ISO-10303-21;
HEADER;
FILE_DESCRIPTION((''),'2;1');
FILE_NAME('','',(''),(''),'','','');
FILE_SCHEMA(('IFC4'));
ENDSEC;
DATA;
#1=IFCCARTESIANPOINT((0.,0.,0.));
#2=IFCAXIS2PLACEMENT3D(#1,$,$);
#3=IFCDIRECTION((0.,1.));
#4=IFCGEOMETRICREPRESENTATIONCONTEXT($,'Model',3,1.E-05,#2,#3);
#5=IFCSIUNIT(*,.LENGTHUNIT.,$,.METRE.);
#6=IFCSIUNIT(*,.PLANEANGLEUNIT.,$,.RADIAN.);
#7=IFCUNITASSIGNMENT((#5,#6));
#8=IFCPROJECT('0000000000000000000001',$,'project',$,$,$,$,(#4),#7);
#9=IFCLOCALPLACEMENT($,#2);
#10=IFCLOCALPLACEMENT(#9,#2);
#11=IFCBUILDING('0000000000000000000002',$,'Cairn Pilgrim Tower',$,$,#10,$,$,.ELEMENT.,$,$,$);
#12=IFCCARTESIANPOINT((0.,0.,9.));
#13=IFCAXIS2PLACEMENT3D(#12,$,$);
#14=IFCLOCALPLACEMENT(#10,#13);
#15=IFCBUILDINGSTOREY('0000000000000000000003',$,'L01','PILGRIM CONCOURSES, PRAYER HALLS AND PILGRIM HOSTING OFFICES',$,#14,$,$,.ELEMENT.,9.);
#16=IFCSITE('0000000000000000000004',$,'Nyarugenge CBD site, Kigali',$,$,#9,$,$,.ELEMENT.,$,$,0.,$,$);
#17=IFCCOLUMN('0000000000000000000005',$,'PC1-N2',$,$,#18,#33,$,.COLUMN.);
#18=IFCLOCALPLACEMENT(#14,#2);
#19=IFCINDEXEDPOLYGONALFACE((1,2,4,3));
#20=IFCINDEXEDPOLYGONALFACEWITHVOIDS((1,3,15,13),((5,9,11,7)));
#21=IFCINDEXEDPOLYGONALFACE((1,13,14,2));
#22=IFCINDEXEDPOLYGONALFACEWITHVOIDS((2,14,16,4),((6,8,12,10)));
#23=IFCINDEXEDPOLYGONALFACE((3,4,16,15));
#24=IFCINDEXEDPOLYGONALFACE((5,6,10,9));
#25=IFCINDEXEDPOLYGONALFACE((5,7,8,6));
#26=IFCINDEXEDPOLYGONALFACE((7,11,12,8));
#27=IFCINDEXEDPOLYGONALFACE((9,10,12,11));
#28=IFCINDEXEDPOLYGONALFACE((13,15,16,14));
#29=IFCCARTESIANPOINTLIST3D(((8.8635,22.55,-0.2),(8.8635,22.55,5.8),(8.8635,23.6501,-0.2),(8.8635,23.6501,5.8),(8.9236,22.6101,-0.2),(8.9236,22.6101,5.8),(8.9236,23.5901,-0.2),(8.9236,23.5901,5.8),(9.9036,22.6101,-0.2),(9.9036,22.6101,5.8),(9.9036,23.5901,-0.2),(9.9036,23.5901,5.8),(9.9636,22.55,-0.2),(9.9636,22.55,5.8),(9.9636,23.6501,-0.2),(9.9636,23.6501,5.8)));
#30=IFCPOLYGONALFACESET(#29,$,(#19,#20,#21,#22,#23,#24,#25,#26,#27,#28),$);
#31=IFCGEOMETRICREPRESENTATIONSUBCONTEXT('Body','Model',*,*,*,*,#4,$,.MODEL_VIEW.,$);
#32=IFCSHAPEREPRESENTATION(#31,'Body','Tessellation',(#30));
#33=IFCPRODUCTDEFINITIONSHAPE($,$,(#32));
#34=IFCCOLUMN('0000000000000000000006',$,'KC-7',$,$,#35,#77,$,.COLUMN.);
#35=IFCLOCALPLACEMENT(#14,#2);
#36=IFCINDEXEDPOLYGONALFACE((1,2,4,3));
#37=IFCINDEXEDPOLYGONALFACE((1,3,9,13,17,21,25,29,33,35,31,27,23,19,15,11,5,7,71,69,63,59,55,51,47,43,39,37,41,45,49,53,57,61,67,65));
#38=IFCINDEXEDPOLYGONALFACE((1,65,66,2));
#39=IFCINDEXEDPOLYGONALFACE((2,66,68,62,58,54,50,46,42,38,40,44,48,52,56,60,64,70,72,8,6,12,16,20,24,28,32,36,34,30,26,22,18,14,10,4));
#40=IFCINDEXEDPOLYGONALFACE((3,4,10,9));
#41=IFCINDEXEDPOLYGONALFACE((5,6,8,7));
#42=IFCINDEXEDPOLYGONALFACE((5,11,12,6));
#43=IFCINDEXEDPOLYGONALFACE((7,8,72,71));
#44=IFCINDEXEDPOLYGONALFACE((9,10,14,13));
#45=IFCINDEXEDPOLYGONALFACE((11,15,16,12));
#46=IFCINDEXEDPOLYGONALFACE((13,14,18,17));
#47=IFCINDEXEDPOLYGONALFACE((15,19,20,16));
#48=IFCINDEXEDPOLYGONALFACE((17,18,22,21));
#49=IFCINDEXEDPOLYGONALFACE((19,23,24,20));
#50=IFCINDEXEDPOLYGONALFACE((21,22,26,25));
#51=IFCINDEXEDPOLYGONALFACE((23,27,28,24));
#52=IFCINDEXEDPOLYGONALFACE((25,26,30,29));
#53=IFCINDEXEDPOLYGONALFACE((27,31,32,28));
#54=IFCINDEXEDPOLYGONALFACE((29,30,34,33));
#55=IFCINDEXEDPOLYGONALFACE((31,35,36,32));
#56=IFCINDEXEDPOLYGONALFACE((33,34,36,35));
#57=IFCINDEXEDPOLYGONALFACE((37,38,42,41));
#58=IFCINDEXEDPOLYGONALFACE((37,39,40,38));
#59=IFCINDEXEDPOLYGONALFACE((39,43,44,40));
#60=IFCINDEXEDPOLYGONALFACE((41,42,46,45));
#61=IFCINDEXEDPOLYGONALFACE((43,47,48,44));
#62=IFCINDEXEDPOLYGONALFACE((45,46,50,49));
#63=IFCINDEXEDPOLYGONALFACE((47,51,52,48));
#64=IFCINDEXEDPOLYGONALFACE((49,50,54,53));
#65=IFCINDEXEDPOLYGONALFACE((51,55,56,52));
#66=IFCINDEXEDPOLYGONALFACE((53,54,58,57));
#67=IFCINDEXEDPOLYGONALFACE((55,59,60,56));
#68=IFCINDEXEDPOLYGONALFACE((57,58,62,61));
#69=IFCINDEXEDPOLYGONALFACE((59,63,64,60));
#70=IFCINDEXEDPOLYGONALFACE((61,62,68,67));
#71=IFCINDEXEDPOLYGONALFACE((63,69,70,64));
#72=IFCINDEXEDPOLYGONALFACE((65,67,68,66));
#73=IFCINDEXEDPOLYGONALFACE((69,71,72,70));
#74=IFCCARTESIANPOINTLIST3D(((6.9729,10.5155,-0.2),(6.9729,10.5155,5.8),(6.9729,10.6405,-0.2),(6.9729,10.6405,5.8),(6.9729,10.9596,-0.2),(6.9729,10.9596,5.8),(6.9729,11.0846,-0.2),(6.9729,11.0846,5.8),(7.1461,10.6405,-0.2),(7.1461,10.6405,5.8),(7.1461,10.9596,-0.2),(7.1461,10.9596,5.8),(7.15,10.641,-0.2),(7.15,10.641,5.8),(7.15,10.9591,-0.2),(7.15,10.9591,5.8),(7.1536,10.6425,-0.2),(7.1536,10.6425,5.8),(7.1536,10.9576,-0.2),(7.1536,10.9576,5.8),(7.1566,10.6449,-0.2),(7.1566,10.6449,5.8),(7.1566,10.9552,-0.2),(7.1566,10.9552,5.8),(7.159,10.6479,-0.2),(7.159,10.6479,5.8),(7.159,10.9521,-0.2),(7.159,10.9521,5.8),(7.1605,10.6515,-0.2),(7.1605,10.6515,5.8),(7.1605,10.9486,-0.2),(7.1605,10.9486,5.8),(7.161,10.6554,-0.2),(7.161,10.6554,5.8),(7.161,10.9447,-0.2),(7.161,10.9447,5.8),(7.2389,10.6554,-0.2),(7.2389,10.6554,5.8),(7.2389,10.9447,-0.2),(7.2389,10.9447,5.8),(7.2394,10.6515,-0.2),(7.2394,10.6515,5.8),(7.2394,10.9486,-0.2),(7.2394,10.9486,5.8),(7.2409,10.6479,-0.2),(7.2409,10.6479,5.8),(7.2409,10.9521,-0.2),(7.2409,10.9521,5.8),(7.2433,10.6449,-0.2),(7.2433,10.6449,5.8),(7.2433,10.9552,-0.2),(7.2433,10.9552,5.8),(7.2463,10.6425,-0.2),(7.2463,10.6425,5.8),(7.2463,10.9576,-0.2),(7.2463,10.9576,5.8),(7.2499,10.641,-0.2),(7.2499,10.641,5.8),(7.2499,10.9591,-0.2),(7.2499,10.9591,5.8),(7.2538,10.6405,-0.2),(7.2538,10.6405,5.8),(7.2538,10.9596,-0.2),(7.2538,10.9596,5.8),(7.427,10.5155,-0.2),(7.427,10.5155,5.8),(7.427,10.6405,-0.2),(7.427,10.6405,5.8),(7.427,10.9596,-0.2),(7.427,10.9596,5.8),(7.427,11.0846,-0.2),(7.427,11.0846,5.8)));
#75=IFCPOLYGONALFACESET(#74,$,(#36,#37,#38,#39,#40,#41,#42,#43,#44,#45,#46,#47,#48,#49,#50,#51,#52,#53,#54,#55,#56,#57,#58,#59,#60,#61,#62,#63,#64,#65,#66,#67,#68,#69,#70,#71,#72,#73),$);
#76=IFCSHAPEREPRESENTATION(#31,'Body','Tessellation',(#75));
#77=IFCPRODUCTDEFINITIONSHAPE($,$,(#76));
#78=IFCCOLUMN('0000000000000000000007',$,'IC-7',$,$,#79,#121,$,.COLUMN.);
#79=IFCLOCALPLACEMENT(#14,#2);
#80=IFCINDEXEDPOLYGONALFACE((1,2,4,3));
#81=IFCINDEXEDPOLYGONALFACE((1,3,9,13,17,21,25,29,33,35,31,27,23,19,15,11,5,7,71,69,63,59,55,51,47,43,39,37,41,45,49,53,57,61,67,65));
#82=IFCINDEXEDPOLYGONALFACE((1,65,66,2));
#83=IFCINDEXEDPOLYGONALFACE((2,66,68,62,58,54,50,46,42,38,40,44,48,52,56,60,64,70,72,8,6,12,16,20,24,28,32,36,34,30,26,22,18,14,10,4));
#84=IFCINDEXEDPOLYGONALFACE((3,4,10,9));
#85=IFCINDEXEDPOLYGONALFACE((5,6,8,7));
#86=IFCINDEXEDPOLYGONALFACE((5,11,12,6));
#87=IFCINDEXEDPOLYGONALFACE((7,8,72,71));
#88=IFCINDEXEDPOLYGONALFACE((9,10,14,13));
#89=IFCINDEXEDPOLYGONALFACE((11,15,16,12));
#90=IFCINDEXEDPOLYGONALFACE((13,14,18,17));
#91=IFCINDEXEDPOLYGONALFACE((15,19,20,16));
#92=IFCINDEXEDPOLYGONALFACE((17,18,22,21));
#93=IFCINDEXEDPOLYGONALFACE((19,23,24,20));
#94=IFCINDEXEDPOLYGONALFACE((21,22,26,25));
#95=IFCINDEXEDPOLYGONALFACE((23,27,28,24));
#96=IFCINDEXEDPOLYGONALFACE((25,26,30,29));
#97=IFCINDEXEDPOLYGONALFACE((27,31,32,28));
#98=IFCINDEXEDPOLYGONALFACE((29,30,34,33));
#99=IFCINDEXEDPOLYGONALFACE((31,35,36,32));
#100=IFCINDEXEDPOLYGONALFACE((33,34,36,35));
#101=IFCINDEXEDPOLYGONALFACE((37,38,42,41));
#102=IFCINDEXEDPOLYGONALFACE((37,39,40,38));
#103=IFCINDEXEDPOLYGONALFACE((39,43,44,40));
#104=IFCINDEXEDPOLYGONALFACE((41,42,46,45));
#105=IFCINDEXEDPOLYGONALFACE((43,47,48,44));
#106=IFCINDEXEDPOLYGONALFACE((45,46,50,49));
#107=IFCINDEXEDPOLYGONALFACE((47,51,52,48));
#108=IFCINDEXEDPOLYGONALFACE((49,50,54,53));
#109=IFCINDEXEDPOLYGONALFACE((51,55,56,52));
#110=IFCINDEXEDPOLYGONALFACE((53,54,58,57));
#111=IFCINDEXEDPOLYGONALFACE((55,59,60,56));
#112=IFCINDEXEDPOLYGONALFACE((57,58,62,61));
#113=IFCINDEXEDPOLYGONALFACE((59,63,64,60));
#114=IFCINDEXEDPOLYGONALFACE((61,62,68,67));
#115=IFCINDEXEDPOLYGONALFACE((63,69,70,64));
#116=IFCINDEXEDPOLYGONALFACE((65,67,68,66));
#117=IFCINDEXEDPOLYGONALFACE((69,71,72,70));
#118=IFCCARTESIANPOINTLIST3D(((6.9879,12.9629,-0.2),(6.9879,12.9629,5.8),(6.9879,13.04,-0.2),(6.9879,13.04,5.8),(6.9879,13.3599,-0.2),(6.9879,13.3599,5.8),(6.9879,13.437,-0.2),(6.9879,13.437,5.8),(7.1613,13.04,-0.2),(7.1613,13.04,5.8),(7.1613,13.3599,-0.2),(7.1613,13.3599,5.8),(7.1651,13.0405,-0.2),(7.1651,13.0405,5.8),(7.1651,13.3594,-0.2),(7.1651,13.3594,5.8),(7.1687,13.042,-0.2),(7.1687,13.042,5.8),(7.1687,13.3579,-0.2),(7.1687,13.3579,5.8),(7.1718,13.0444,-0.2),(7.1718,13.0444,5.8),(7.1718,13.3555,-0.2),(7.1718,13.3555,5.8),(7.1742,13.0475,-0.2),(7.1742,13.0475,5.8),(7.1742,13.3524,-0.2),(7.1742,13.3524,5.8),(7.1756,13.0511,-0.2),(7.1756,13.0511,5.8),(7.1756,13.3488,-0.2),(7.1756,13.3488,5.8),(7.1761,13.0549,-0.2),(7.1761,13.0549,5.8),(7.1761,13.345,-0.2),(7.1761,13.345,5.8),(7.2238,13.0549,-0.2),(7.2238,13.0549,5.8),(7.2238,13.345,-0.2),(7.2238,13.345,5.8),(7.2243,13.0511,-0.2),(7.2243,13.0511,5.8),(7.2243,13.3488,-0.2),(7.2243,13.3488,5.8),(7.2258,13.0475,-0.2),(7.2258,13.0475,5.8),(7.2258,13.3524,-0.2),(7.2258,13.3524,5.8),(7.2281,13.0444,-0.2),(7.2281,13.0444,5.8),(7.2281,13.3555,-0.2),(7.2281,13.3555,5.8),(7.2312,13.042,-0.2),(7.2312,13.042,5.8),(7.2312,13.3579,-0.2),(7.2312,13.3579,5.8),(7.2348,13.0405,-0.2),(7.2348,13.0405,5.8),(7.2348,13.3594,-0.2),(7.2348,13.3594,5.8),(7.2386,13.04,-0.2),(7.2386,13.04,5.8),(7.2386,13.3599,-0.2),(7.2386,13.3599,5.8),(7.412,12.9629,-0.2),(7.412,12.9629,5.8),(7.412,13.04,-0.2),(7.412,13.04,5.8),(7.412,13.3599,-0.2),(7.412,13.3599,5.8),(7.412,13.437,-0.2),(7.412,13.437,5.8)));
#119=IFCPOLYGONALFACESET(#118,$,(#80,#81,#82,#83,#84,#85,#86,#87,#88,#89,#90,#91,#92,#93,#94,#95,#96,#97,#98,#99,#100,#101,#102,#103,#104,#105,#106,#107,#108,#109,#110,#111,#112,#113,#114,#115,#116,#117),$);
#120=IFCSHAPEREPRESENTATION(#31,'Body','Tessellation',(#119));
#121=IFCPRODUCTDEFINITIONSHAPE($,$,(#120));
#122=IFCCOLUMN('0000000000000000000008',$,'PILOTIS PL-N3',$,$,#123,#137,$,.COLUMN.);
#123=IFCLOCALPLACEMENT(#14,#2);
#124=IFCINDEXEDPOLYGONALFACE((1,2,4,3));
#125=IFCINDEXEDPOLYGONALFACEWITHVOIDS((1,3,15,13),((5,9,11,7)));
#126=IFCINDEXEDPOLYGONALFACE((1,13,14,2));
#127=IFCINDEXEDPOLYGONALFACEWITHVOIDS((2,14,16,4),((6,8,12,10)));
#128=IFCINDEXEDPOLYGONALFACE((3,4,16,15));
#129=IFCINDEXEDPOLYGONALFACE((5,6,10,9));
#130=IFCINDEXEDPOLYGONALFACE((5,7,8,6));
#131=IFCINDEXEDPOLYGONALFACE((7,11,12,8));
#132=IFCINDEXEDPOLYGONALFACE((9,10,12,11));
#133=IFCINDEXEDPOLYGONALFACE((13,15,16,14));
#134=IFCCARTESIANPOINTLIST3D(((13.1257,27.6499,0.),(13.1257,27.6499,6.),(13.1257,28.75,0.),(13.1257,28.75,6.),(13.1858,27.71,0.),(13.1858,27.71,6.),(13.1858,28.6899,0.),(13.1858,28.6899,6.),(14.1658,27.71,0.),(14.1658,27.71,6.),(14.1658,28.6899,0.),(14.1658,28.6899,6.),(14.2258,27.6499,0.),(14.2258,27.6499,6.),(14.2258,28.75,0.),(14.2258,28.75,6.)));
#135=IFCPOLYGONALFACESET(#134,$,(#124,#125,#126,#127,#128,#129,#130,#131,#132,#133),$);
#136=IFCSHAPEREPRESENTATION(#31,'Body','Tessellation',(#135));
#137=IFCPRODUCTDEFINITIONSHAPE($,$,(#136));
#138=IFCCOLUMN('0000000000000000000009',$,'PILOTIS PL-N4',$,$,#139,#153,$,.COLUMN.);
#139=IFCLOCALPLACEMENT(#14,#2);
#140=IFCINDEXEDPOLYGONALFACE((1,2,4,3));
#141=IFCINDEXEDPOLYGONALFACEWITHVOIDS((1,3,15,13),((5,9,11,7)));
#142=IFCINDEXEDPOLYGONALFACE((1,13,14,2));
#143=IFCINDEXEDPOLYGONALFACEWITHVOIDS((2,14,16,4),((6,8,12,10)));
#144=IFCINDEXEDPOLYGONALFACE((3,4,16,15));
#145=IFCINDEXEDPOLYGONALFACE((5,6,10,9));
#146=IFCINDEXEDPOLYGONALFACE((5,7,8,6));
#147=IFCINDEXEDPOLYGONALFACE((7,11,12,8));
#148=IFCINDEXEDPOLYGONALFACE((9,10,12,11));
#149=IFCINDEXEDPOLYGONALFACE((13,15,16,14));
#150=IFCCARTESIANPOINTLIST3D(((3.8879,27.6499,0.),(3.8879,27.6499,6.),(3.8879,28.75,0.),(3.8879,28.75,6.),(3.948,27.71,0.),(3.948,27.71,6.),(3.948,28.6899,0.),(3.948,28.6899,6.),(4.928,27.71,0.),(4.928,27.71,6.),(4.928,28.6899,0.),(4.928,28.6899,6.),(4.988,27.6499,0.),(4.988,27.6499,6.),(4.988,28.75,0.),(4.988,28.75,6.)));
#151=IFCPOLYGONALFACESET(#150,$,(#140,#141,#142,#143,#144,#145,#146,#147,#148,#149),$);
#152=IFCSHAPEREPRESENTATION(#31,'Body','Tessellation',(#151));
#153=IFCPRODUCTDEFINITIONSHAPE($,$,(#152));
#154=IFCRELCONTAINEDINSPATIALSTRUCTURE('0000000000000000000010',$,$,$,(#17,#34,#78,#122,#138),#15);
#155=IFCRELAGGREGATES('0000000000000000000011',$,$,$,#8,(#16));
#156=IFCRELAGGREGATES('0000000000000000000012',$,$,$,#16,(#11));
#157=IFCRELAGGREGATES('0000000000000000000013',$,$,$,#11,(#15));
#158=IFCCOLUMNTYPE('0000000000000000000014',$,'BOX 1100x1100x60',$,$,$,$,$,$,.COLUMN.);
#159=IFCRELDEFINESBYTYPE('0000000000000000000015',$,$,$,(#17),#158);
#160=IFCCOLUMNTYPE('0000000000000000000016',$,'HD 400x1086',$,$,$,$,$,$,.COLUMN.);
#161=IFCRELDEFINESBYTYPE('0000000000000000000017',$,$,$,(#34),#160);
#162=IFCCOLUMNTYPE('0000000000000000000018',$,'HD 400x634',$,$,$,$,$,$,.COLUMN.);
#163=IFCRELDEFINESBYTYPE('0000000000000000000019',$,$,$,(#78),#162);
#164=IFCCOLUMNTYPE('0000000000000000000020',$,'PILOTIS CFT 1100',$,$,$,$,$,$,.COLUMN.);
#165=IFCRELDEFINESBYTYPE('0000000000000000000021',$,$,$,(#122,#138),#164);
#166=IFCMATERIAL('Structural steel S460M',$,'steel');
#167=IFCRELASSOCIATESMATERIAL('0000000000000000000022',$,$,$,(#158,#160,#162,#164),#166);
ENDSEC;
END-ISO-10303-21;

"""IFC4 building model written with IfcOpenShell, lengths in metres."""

from ifc_helpers import new_model, si_unit, direction, frame, origin, origin_2d, place, context, subcontext, project, spatial, hollow_rectangle, i_section, extrude, material, material_profile, profile_set, type_object, element, save


model = new_model("IFC4")

# Units and contexts
model_context = context("Model", 3, precision=1e-05, world=origin(), true_north=direction((0.0, 1.0)))
body_context = subcontext(model_context, "Body", "Model", "MODEL_VIEW")
ifc_project = project(units=[si_unit("LENGTHUNIT", "METRE"), si_unit("PLANEANGLEUNIT", "RADIAN")], contexts=[model_context])

# Site, building, storey
site_placement = place(None, origin())
site = spatial("IfcSite", under=ifc_project, at=site_placement, Name="Nyarugenge CBD site, Kigali", CompositionType="ELEMENT", RefElevation=0.0)
building_placement = place(site_placement, origin())
building = spatial("IfcBuilding", under=site, at=building_placement, Name="Cairn Pilgrim Tower", CompositionType="ELEMENT")
storey_placement = place(building_placement, frame((0.0, 0.0, 9.0)))
storey = spatial("IfcBuildingStorey", under=building, at=storey_placement, Name="L01", Description="PILGRIM CONCOURSES, PRAYER HALLS AND PILGRIM HOSTING OFFICES", CompositionType="ELEMENT", Elevation=9.0)

# Columns
ifc_material_1 = material(Name="Structural steel S460M", Category="steel")
ifc_material_profile_1 = material_profile(ifc_material_1, hollow_rectangle(XDim=1.1001, YDim=1.1001, WallThickness=0.0601, at=origin_2d()), Name="BOX 1100x1100x60")
ifc_profile_set_1 = profile_set([ifc_material_profile_1], Name="Structural steel S460M")
column_type_1 = type_object("IfcColumnType", Name="BOX 1100x1100x60", PredefinedType="COLUMN", material=ifc_profile_set_1)
column_1_placement = place(storey_placement, frame((9.4136, 23.1001, -0.2), z_axis=(0.0, 0.0, 1.0), x_axis=(1.0, 0.0, 0.0)))
element("IfcColumn", 1, at=column_1_placement, inside=storey, type_object=column_type_1, Name="PC1-N2", PredefinedType="COLUMN", context=body_context, shape_type="SweptSolid", body=[
    extrude(hollow_rectangle(XDim=1.1001, YDim=1.1001, WallThickness=0.0601, at=origin_2d()), origin(), (0.0, 0.0, 1.0), 6.0),
])
ifc_material_profile_2 = material_profile(ifc_material_1, i_section(OverallWidth=0.4541, OverallDepth=0.5691, WebThickness=0.0779, FlangeThickness=0.125, FilletRadius=0.0149, at=origin_2d()), Name="HD 400x1086")
ifc_profile_set_2 = profile_set([ifc_material_profile_2], Name="Structural steel S460M")
column_type_2 = type_object("IfcColumnType", Name="HD 400x1086", PredefinedType="COLUMN", material=ifc_profile_set_2)
column_2_placement = place(storey_placement, frame((7.2, 10.8, -0.2), z_axis=(0.0, 0.0, 1.0), x_axis=(1.0, 0.0, 0.0)))
element("IfcColumn", 2, at=column_2_placement, inside=storey, type_object=column_type_2, Name="KC-7", PredefinedType="COLUMN", context=body_context, shape_type="SweptSolid", body=[
    extrude(i_section(OverallWidth=0.4541, OverallDepth=0.5691, WebThickness=0.0779, FlangeThickness=0.125, FilletRadius=0.0149, at=origin_2d()), origin(), (0.0, 0.0, 1.0), 6.0),
])
ifc_material_profile_3 = material_profile(ifc_material_1, i_section(OverallWidth=0.4241, OverallDepth=0.4741, WebThickness=0.0476, FlangeThickness=0.0771, FilletRadius=0.0149, at=origin_2d()), Name="HD 400x634")
ifc_profile_set_3 = profile_set([ifc_material_profile_3], Name="Structural steel S460M")
column_type_3 = type_object("IfcColumnType", Name="HD 400x634", PredefinedType="COLUMN", material=ifc_profile_set_3)
column_3_placement = place(storey_placement, frame((7.2, 13.2, -0.2), z_axis=(0.0, 0.0, 1.0), x_axis=(1.0, 0.0, 0.0)))
element("IfcColumn", 3, at=column_3_placement, inside=storey, type_object=column_type_3, Name="IC-7", PredefinedType="COLUMN", context=body_context, shape_type="SweptSolid", body=[
    extrude(i_section(OverallWidth=0.4241, OverallDepth=0.4741, WebThickness=0.0476, FlangeThickness=0.0771, FilletRadius=0.0149, at=origin_2d()), origin(), (0.0, 0.0, 1.0), 6.0),
])
ifc_material_profile_4 = material_profile(ifc_material_1, hollow_rectangle(XDim=1.1001, YDim=1.1001, WallThickness=0.0601, at=origin_2d()), Name="BOX 1100x1100x60")
ifc_profile_set_4 = profile_set([ifc_material_profile_4], Name="Structural steel S460M")
column_type_4 = type_object("IfcColumnType", Name="PILOTIS CFT 1100", PredefinedType="COLUMN", material=ifc_profile_set_4)
for number, where, z_axis, x_axis, name in (
    (4, (13.6758, 28.2, 0.0), (0.0, 0.0, 1.0), (1.0, 0.0, 0.0), "PILOTIS PL-N3"),
    (5, (4.438, 28.2, 0.0), (0.0, 0.0, 1.0), (1.0, 0.0, 0.0), "PILOTIS PL-N4"),
):
    element("IfcColumn", number, at=place(storey_placement, frame(where, z_axis=z_axis, x_axis=x_axis)), inside=storey, type_object=column_type_4, Name=name, PredefinedType="COLUMN", context=body_context, shape_type="SweptSolid", body=[
        extrude(hollow_rectangle(XDim=1.1001, YDim=1.1001, WallThickness=0.0601, at=origin_2d()), origin(), (0.0, 0.0, 1.0), 6.0),
    ])

save(model, "model.ifc")
